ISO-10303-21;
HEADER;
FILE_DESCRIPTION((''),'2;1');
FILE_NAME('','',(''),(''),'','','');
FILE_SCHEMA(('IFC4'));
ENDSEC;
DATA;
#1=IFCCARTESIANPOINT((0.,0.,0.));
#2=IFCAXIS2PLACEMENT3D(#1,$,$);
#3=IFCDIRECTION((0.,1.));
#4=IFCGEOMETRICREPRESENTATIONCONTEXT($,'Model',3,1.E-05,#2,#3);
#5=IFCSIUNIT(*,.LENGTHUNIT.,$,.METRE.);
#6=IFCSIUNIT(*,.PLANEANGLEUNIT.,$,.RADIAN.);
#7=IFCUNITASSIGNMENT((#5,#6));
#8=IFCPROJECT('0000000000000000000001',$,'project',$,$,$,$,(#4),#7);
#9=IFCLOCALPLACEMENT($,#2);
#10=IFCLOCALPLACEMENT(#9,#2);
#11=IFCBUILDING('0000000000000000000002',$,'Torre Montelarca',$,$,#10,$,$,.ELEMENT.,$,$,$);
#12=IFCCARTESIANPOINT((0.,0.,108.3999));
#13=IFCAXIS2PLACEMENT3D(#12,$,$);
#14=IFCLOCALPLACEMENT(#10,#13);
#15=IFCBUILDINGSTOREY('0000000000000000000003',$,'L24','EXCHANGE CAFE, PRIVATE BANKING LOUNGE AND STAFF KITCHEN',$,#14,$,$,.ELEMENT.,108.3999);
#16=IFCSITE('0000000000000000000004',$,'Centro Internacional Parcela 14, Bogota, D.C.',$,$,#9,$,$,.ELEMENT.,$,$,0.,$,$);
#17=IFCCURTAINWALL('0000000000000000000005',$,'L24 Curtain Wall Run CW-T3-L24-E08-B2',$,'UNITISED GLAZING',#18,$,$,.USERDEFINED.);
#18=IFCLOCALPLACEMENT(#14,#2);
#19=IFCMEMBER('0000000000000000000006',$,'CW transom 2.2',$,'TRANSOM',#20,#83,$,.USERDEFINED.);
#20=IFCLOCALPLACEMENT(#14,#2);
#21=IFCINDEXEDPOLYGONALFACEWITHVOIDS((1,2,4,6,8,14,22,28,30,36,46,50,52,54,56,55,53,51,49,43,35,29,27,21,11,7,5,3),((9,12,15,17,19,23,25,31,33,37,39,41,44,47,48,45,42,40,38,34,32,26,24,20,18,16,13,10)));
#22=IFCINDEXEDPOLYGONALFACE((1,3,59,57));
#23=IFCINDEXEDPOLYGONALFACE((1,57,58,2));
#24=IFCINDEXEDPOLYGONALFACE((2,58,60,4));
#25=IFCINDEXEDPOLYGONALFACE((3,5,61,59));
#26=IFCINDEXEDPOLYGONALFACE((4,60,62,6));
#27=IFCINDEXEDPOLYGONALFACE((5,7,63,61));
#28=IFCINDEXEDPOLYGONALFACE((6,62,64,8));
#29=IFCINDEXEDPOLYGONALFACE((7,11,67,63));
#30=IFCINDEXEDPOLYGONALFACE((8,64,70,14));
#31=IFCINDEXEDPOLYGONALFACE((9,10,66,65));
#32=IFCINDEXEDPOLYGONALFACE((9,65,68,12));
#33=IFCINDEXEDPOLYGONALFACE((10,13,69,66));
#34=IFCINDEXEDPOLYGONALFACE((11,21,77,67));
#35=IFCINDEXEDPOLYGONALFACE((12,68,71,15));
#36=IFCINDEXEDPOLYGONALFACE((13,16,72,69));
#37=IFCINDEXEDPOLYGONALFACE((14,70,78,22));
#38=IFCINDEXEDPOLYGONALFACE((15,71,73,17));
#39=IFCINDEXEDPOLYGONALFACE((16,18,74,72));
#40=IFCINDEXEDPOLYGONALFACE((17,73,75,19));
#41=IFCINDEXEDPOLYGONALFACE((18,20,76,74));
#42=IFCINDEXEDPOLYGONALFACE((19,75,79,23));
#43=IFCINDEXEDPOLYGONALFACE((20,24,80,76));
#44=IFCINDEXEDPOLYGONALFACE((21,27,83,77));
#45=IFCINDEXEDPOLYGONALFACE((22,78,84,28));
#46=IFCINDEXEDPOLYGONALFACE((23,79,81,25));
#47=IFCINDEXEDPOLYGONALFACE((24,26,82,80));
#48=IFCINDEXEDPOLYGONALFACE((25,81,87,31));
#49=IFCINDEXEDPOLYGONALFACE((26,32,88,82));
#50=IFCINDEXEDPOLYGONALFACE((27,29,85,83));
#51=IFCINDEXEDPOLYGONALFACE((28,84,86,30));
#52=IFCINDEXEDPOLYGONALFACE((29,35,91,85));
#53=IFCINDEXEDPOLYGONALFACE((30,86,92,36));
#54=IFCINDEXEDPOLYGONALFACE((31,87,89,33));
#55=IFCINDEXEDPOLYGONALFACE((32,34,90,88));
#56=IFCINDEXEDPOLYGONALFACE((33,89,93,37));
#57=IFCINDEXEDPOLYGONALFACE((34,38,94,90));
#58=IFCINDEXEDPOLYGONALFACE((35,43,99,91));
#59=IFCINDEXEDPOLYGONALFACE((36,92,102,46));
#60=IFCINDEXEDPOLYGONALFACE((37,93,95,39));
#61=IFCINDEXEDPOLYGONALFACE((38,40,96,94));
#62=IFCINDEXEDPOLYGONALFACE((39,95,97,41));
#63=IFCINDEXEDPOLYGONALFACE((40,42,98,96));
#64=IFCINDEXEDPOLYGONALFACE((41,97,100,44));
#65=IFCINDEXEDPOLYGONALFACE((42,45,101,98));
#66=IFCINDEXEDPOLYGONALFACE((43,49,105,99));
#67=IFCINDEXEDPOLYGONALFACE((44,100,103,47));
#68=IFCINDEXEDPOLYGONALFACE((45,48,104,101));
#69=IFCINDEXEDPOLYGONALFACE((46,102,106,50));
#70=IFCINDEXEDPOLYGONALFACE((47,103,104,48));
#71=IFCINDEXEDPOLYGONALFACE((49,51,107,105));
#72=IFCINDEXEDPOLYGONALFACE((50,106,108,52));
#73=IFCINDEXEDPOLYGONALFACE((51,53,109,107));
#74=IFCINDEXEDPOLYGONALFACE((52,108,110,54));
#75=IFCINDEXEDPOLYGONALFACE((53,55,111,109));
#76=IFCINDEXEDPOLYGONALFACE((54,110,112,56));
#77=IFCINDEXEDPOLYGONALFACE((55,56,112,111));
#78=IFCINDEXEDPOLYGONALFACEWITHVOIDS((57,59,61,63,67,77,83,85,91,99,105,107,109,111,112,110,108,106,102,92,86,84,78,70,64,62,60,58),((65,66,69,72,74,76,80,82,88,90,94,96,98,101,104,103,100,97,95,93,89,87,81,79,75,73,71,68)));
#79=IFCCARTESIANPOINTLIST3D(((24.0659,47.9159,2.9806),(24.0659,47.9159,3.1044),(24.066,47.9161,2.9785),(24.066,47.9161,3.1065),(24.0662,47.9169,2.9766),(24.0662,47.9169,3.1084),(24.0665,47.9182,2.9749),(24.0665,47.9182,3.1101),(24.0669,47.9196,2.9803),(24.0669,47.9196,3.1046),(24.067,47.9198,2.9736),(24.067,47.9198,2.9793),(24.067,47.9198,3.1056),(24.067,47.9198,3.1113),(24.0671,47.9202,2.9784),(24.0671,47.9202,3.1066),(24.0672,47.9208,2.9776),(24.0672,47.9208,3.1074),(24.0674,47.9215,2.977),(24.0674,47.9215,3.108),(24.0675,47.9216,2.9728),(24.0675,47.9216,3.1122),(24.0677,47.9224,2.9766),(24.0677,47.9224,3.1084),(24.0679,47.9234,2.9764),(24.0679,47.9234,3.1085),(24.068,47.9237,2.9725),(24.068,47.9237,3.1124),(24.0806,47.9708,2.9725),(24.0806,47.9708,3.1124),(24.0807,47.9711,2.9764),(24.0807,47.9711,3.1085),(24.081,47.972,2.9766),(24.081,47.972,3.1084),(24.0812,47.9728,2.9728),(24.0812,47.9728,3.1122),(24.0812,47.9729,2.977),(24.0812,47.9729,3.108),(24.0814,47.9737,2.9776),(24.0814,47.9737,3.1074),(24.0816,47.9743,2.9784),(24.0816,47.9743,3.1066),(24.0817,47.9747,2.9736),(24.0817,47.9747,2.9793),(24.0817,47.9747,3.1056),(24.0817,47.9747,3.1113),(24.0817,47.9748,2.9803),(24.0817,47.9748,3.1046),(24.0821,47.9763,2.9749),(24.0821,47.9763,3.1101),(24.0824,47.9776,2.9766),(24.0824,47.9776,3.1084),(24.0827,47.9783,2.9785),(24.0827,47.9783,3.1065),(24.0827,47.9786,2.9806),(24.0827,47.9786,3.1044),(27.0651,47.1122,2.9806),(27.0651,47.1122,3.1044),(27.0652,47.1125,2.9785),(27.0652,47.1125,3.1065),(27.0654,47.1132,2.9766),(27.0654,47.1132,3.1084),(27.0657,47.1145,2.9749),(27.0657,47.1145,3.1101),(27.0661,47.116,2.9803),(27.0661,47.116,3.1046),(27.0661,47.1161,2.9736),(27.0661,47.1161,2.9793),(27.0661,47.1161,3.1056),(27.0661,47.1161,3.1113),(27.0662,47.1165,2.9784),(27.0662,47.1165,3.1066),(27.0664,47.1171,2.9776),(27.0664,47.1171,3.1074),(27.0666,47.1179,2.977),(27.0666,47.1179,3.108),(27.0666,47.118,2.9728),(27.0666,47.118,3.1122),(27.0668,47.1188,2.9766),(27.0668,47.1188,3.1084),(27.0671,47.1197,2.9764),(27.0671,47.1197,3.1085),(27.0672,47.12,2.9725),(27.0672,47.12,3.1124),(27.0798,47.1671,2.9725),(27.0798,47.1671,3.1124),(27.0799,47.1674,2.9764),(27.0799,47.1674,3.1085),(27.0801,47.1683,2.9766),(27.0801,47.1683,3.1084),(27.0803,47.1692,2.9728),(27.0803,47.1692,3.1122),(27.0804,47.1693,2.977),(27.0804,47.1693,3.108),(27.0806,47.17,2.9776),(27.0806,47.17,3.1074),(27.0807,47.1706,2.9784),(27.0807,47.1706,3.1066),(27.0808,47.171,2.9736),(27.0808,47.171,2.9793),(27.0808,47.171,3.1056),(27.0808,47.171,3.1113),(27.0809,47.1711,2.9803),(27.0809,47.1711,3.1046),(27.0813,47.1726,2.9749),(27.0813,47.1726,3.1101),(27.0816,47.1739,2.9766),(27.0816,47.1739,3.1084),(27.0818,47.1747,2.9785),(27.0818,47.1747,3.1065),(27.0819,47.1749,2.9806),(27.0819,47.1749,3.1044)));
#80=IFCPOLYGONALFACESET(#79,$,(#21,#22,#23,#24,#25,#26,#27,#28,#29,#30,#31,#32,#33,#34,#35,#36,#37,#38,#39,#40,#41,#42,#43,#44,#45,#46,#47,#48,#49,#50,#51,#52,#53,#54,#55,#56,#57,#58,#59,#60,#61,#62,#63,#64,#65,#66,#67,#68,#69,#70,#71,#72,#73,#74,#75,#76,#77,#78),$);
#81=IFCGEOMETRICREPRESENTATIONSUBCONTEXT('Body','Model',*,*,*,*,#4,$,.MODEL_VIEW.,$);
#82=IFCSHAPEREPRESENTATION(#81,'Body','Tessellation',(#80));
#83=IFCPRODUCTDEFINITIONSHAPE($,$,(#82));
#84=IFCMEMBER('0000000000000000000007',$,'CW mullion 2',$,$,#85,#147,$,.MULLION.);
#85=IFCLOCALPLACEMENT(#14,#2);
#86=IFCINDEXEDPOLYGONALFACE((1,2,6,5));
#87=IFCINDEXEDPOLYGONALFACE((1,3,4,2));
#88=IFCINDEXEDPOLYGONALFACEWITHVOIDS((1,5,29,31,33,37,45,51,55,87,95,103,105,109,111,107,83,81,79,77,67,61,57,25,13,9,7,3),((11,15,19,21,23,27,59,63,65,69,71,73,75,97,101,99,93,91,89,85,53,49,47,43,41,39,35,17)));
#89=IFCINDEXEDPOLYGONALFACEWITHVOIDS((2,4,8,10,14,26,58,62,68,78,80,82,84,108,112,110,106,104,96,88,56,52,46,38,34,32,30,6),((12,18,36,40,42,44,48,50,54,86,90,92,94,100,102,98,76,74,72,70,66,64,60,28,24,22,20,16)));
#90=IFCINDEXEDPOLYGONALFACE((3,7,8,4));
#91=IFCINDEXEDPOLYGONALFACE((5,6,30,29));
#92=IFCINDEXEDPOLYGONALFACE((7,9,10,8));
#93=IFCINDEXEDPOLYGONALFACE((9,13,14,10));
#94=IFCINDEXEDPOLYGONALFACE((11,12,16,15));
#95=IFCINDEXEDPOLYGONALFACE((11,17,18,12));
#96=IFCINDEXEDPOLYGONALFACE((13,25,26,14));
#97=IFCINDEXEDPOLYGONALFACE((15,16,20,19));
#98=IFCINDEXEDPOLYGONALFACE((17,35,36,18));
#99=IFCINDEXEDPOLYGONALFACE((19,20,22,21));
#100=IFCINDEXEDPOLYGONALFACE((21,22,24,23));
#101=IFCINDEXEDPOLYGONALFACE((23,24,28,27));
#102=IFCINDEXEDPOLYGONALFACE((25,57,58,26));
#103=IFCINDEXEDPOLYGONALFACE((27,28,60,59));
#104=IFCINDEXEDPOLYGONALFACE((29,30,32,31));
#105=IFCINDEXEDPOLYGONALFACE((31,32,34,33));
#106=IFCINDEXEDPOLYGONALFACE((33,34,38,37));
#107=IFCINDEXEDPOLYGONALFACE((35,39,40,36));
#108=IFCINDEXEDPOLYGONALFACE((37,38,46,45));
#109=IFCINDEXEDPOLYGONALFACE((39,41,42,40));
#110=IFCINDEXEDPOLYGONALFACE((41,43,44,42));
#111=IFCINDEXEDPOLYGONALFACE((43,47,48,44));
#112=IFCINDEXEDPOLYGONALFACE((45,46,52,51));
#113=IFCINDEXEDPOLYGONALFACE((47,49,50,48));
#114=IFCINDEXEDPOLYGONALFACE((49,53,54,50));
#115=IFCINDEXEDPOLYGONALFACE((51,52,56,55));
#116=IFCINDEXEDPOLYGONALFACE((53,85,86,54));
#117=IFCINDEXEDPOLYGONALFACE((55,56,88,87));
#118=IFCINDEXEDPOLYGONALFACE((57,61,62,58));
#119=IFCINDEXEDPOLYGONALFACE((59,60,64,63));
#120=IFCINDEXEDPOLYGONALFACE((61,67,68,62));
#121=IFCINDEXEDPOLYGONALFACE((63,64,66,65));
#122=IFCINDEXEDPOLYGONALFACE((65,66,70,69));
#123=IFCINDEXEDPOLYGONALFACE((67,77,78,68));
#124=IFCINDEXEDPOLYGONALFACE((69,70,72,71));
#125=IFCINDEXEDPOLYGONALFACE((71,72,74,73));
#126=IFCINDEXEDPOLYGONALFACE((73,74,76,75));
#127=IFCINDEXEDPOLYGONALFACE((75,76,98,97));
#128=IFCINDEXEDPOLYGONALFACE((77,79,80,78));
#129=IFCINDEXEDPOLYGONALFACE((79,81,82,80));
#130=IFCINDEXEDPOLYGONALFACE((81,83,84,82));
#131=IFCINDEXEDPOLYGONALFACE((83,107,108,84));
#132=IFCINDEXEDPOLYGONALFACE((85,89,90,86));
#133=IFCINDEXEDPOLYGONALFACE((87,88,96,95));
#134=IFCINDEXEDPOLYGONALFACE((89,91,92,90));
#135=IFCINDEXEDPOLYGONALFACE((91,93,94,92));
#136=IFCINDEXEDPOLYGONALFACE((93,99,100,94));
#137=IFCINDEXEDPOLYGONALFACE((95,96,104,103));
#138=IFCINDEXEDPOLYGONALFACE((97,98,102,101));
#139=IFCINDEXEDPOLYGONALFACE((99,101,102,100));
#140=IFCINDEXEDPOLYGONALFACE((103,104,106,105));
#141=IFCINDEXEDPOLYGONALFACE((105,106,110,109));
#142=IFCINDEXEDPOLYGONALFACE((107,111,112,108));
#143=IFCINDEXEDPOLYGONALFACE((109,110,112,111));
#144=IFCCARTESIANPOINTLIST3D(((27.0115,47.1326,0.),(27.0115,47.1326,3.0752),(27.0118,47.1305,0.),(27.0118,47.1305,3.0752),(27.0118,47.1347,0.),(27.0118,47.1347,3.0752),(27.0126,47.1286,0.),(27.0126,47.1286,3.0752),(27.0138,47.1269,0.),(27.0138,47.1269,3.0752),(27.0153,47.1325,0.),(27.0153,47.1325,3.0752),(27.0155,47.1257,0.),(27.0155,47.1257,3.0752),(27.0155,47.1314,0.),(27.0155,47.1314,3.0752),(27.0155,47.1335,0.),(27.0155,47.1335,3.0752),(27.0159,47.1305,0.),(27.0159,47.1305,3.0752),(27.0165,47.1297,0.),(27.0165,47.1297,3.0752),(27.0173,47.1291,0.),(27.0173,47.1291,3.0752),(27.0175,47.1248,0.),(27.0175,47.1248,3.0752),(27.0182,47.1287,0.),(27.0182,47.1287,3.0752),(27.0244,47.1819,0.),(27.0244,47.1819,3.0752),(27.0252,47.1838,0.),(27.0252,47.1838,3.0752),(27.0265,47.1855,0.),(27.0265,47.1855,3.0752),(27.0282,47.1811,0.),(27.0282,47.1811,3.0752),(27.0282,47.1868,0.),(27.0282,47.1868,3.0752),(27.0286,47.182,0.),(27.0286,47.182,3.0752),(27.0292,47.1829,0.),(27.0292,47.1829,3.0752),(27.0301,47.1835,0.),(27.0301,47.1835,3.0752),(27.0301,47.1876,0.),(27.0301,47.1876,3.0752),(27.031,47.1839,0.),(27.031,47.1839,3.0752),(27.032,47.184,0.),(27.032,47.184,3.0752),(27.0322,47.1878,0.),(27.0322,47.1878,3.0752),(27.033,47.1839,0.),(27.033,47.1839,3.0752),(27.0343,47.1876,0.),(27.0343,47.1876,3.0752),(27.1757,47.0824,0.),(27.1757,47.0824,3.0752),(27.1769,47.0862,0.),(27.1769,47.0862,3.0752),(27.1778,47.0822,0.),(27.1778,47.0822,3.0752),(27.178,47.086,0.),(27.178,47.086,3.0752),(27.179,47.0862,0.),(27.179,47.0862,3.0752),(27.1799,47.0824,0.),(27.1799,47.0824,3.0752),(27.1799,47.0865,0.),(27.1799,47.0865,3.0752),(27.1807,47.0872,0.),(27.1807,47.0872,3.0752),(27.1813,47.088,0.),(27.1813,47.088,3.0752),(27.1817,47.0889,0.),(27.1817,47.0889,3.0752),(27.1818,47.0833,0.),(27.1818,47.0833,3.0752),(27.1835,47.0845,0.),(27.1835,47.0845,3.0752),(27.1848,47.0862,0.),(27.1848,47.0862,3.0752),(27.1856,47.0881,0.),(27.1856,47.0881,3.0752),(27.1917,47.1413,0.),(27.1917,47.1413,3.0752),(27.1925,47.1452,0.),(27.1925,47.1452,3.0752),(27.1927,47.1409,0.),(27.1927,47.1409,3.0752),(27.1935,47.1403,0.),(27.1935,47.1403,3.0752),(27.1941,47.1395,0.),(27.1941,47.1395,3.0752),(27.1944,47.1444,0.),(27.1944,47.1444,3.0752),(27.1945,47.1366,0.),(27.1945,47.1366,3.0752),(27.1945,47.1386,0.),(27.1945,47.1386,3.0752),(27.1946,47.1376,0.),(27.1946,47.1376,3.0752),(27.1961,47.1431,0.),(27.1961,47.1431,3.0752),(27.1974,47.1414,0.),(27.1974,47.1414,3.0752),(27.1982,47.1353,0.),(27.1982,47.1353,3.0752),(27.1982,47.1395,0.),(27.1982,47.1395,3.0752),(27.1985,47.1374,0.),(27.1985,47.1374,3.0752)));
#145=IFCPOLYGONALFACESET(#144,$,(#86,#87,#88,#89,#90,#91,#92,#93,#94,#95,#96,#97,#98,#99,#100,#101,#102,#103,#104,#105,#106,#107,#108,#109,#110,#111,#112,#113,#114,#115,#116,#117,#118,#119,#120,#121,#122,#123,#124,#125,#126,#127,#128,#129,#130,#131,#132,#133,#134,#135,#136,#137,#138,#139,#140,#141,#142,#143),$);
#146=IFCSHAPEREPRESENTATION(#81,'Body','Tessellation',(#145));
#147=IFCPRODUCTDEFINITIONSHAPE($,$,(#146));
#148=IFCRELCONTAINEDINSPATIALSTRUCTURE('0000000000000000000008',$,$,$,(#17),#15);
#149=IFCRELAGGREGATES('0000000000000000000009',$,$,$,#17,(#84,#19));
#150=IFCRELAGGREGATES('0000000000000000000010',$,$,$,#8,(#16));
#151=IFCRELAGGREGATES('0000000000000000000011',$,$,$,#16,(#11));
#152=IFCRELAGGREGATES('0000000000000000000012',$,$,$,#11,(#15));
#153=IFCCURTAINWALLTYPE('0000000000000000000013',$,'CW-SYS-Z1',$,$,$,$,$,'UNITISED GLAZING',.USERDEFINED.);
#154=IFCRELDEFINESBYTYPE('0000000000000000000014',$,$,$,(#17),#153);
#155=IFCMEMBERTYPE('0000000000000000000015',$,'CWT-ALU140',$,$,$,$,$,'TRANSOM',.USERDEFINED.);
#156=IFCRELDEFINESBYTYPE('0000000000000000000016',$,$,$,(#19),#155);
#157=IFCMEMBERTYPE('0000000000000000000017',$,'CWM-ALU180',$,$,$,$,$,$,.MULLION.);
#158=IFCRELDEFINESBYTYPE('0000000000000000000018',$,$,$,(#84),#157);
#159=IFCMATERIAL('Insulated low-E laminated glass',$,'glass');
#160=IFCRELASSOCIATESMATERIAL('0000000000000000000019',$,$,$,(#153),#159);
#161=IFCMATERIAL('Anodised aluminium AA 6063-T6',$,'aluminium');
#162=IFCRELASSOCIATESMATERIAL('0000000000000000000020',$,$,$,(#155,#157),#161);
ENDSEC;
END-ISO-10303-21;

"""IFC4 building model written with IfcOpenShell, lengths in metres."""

from ifc_helpers import new_model, si_unit, direction, frame, origin, origin_2d, place, context, subcontext, project, spatial, hollow_rectangle, extrude, source, transform, mapped, material, material_profile, profile_set, type_object, element, aggregate, save


model = new_model("IFC4")

# Units and contexts
model_context = context("Model", 3, precision=1e-05, world=origin(), true_north=direction((0.0, 1.0)))
body_context = subcontext(model_context, "Body", "Model", "MODEL_VIEW")
ifc_project = project(units=[si_unit("LENGTHUNIT", "METRE"), si_unit("PLANEANGLEUNIT", "RADIAN")], contexts=[model_context])

# Site, building, storey
site_placement = place(None, origin())
site = spatial("IfcSite", under=ifc_project, at=site_placement, Name="Centro Internacional Parcela 14, Bogota, D.C.", CompositionType="ELEMENT", RefElevation=0.0)
building_placement = place(site_placement, origin())
building = spatial("IfcBuilding", under=site, at=building_placement, Name="Torre Montelarca", CompositionType="ELEMENT")
storey_placement = place(building_placement, frame((0.0, 0.0, 108.3999)))
storey = spatial("IfcBuildingStorey", under=building, at=storey_placement, Name="L24", Description="EXCHANGE CAFE, PRIVATE BANKING LOUNGE AND STAFF KITCHEN", CompositionType="ELEMENT", Elevation=108.3999)

# Curtain wall, members
ifc_material_1 = material(Name="Insulated low-E laminated glass", Category="glass")
curtain_wall_type = type_object("IfcCurtainWallType", Name="CW-SYS-Z1", ElementType="UNITISED GLAZING", PredefinedType="USERDEFINED", material=ifc_material_1)
curtain_wall_placement = place(storey_placement, origin())
curtain_wall = element("IfcCurtainWall", 1, at=curtain_wall_placement, inside=storey, type_object=curtain_wall_type, Name="L24 Curtain Wall Run CW-T3-L24-E08-B2", ObjectType="UNITISED GLAZING", PredefinedType="USERDEFINED")
ifc_material_2 = material(Name="Anodised aluminium AA 6063-T6", Category="aluminium")
ifc_material_profile_1 = material_profile(ifc_material_2, hollow_rectangle(XDim=0.0649, YDim=0.1399, WallThickness=0.0039, InnerFilletRadius=0.0039, OuterFilletRadius=0.0081, at=origin_2d()), Name="ALU65X140X4", Category="aluminium")
ifc_profile_set_1 = profile_set([ifc_material_profile_1], Name="Anodised aluminium AA 6063-T6")
member_type_1 = type_object("IfcMemberType", Name="CWT-ALU140", ElementType="TRANSOM", PredefinedType="USERDEFINED", material=ifc_profile_set_1)
shared_shape_1 = source(origin(), body_context, "Body", "SweptSolid", [
    extrude(hollow_rectangle(XDim=0.0649, YDim=0.1399, WallThickness=0.0039, InnerFilletRadius=0.0039, OuterFilletRadius=0.0081, at=origin_2d()), origin(), (0.0, 0.0, 1.0), 3.105),
])
member_1_placement = place(storey_placement, frame((27.0735, 47.1436, 3.0425), z_axis=(-0.965921, 0.258837, 0.0), x_axis=(-0.258837, -0.965921, 0.0)))
member_1 = element("IfcMember", 2, at=member_1_placement, type_object=member_type_1, Name="CW transom 2.2", ObjectType="TRANSOM", PredefinedType="USERDEFINED", context=body_context, shape_type="MappedRepresentation", body=[
    mapped(shared_shape_1, transform((0.0, 0.0, 0.0), scale=1.0)),
])
ifc_material_profile_2 = material_profile(ifc_material_2, hollow_rectangle(XDim=0.0649, YDim=0.1799, WallThickness=0.0039, InnerFilletRadius=0.0039, OuterFilletRadius=0.0081, at=origin_2d()), Name="ALU65X180X4", Category="aluminium")
ifc_profile_set_2 = profile_set([ifc_material_profile_2], Name="Anodised aluminium AA 6063-T6")
member_type_2 = type_object("IfcMemberType", Name="CWM-ALU180", PredefinedType="MULLION", material=ifc_profile_set_2)
shared_shape_2 = source(origin(), body_context, "Body", "SweptSolid", [
    extrude(hollow_rectangle(XDim=0.0649, YDim=0.1799, WallThickness=0.0039, InnerFilletRadius=0.0039, OuterFilletRadius=0.0081, at=origin_2d()), origin(), (0.0, 0.0, 1.0), 3.0752),
])
member_2_placement = place(storey_placement, frame((27.105, 47.135, 0.0), z_axis=(0.0, 0.0, 1.0), x_axis=(-0.258827, -0.965924, 0.0)))
member_2 = element("IfcMember", 3, at=member_2_placement, type_object=member_type_2, Name="CW mullion 2", PredefinedType="MULLION", context=body_context, shape_type="MappedRepresentation", body=[
    mapped(shared_shape_2, transform((0.0, 0.0, 0.0), scale=1.0)),
])
aggregate(curtain_wall, [member_2, member_1])

save(model, "model.ifc")
